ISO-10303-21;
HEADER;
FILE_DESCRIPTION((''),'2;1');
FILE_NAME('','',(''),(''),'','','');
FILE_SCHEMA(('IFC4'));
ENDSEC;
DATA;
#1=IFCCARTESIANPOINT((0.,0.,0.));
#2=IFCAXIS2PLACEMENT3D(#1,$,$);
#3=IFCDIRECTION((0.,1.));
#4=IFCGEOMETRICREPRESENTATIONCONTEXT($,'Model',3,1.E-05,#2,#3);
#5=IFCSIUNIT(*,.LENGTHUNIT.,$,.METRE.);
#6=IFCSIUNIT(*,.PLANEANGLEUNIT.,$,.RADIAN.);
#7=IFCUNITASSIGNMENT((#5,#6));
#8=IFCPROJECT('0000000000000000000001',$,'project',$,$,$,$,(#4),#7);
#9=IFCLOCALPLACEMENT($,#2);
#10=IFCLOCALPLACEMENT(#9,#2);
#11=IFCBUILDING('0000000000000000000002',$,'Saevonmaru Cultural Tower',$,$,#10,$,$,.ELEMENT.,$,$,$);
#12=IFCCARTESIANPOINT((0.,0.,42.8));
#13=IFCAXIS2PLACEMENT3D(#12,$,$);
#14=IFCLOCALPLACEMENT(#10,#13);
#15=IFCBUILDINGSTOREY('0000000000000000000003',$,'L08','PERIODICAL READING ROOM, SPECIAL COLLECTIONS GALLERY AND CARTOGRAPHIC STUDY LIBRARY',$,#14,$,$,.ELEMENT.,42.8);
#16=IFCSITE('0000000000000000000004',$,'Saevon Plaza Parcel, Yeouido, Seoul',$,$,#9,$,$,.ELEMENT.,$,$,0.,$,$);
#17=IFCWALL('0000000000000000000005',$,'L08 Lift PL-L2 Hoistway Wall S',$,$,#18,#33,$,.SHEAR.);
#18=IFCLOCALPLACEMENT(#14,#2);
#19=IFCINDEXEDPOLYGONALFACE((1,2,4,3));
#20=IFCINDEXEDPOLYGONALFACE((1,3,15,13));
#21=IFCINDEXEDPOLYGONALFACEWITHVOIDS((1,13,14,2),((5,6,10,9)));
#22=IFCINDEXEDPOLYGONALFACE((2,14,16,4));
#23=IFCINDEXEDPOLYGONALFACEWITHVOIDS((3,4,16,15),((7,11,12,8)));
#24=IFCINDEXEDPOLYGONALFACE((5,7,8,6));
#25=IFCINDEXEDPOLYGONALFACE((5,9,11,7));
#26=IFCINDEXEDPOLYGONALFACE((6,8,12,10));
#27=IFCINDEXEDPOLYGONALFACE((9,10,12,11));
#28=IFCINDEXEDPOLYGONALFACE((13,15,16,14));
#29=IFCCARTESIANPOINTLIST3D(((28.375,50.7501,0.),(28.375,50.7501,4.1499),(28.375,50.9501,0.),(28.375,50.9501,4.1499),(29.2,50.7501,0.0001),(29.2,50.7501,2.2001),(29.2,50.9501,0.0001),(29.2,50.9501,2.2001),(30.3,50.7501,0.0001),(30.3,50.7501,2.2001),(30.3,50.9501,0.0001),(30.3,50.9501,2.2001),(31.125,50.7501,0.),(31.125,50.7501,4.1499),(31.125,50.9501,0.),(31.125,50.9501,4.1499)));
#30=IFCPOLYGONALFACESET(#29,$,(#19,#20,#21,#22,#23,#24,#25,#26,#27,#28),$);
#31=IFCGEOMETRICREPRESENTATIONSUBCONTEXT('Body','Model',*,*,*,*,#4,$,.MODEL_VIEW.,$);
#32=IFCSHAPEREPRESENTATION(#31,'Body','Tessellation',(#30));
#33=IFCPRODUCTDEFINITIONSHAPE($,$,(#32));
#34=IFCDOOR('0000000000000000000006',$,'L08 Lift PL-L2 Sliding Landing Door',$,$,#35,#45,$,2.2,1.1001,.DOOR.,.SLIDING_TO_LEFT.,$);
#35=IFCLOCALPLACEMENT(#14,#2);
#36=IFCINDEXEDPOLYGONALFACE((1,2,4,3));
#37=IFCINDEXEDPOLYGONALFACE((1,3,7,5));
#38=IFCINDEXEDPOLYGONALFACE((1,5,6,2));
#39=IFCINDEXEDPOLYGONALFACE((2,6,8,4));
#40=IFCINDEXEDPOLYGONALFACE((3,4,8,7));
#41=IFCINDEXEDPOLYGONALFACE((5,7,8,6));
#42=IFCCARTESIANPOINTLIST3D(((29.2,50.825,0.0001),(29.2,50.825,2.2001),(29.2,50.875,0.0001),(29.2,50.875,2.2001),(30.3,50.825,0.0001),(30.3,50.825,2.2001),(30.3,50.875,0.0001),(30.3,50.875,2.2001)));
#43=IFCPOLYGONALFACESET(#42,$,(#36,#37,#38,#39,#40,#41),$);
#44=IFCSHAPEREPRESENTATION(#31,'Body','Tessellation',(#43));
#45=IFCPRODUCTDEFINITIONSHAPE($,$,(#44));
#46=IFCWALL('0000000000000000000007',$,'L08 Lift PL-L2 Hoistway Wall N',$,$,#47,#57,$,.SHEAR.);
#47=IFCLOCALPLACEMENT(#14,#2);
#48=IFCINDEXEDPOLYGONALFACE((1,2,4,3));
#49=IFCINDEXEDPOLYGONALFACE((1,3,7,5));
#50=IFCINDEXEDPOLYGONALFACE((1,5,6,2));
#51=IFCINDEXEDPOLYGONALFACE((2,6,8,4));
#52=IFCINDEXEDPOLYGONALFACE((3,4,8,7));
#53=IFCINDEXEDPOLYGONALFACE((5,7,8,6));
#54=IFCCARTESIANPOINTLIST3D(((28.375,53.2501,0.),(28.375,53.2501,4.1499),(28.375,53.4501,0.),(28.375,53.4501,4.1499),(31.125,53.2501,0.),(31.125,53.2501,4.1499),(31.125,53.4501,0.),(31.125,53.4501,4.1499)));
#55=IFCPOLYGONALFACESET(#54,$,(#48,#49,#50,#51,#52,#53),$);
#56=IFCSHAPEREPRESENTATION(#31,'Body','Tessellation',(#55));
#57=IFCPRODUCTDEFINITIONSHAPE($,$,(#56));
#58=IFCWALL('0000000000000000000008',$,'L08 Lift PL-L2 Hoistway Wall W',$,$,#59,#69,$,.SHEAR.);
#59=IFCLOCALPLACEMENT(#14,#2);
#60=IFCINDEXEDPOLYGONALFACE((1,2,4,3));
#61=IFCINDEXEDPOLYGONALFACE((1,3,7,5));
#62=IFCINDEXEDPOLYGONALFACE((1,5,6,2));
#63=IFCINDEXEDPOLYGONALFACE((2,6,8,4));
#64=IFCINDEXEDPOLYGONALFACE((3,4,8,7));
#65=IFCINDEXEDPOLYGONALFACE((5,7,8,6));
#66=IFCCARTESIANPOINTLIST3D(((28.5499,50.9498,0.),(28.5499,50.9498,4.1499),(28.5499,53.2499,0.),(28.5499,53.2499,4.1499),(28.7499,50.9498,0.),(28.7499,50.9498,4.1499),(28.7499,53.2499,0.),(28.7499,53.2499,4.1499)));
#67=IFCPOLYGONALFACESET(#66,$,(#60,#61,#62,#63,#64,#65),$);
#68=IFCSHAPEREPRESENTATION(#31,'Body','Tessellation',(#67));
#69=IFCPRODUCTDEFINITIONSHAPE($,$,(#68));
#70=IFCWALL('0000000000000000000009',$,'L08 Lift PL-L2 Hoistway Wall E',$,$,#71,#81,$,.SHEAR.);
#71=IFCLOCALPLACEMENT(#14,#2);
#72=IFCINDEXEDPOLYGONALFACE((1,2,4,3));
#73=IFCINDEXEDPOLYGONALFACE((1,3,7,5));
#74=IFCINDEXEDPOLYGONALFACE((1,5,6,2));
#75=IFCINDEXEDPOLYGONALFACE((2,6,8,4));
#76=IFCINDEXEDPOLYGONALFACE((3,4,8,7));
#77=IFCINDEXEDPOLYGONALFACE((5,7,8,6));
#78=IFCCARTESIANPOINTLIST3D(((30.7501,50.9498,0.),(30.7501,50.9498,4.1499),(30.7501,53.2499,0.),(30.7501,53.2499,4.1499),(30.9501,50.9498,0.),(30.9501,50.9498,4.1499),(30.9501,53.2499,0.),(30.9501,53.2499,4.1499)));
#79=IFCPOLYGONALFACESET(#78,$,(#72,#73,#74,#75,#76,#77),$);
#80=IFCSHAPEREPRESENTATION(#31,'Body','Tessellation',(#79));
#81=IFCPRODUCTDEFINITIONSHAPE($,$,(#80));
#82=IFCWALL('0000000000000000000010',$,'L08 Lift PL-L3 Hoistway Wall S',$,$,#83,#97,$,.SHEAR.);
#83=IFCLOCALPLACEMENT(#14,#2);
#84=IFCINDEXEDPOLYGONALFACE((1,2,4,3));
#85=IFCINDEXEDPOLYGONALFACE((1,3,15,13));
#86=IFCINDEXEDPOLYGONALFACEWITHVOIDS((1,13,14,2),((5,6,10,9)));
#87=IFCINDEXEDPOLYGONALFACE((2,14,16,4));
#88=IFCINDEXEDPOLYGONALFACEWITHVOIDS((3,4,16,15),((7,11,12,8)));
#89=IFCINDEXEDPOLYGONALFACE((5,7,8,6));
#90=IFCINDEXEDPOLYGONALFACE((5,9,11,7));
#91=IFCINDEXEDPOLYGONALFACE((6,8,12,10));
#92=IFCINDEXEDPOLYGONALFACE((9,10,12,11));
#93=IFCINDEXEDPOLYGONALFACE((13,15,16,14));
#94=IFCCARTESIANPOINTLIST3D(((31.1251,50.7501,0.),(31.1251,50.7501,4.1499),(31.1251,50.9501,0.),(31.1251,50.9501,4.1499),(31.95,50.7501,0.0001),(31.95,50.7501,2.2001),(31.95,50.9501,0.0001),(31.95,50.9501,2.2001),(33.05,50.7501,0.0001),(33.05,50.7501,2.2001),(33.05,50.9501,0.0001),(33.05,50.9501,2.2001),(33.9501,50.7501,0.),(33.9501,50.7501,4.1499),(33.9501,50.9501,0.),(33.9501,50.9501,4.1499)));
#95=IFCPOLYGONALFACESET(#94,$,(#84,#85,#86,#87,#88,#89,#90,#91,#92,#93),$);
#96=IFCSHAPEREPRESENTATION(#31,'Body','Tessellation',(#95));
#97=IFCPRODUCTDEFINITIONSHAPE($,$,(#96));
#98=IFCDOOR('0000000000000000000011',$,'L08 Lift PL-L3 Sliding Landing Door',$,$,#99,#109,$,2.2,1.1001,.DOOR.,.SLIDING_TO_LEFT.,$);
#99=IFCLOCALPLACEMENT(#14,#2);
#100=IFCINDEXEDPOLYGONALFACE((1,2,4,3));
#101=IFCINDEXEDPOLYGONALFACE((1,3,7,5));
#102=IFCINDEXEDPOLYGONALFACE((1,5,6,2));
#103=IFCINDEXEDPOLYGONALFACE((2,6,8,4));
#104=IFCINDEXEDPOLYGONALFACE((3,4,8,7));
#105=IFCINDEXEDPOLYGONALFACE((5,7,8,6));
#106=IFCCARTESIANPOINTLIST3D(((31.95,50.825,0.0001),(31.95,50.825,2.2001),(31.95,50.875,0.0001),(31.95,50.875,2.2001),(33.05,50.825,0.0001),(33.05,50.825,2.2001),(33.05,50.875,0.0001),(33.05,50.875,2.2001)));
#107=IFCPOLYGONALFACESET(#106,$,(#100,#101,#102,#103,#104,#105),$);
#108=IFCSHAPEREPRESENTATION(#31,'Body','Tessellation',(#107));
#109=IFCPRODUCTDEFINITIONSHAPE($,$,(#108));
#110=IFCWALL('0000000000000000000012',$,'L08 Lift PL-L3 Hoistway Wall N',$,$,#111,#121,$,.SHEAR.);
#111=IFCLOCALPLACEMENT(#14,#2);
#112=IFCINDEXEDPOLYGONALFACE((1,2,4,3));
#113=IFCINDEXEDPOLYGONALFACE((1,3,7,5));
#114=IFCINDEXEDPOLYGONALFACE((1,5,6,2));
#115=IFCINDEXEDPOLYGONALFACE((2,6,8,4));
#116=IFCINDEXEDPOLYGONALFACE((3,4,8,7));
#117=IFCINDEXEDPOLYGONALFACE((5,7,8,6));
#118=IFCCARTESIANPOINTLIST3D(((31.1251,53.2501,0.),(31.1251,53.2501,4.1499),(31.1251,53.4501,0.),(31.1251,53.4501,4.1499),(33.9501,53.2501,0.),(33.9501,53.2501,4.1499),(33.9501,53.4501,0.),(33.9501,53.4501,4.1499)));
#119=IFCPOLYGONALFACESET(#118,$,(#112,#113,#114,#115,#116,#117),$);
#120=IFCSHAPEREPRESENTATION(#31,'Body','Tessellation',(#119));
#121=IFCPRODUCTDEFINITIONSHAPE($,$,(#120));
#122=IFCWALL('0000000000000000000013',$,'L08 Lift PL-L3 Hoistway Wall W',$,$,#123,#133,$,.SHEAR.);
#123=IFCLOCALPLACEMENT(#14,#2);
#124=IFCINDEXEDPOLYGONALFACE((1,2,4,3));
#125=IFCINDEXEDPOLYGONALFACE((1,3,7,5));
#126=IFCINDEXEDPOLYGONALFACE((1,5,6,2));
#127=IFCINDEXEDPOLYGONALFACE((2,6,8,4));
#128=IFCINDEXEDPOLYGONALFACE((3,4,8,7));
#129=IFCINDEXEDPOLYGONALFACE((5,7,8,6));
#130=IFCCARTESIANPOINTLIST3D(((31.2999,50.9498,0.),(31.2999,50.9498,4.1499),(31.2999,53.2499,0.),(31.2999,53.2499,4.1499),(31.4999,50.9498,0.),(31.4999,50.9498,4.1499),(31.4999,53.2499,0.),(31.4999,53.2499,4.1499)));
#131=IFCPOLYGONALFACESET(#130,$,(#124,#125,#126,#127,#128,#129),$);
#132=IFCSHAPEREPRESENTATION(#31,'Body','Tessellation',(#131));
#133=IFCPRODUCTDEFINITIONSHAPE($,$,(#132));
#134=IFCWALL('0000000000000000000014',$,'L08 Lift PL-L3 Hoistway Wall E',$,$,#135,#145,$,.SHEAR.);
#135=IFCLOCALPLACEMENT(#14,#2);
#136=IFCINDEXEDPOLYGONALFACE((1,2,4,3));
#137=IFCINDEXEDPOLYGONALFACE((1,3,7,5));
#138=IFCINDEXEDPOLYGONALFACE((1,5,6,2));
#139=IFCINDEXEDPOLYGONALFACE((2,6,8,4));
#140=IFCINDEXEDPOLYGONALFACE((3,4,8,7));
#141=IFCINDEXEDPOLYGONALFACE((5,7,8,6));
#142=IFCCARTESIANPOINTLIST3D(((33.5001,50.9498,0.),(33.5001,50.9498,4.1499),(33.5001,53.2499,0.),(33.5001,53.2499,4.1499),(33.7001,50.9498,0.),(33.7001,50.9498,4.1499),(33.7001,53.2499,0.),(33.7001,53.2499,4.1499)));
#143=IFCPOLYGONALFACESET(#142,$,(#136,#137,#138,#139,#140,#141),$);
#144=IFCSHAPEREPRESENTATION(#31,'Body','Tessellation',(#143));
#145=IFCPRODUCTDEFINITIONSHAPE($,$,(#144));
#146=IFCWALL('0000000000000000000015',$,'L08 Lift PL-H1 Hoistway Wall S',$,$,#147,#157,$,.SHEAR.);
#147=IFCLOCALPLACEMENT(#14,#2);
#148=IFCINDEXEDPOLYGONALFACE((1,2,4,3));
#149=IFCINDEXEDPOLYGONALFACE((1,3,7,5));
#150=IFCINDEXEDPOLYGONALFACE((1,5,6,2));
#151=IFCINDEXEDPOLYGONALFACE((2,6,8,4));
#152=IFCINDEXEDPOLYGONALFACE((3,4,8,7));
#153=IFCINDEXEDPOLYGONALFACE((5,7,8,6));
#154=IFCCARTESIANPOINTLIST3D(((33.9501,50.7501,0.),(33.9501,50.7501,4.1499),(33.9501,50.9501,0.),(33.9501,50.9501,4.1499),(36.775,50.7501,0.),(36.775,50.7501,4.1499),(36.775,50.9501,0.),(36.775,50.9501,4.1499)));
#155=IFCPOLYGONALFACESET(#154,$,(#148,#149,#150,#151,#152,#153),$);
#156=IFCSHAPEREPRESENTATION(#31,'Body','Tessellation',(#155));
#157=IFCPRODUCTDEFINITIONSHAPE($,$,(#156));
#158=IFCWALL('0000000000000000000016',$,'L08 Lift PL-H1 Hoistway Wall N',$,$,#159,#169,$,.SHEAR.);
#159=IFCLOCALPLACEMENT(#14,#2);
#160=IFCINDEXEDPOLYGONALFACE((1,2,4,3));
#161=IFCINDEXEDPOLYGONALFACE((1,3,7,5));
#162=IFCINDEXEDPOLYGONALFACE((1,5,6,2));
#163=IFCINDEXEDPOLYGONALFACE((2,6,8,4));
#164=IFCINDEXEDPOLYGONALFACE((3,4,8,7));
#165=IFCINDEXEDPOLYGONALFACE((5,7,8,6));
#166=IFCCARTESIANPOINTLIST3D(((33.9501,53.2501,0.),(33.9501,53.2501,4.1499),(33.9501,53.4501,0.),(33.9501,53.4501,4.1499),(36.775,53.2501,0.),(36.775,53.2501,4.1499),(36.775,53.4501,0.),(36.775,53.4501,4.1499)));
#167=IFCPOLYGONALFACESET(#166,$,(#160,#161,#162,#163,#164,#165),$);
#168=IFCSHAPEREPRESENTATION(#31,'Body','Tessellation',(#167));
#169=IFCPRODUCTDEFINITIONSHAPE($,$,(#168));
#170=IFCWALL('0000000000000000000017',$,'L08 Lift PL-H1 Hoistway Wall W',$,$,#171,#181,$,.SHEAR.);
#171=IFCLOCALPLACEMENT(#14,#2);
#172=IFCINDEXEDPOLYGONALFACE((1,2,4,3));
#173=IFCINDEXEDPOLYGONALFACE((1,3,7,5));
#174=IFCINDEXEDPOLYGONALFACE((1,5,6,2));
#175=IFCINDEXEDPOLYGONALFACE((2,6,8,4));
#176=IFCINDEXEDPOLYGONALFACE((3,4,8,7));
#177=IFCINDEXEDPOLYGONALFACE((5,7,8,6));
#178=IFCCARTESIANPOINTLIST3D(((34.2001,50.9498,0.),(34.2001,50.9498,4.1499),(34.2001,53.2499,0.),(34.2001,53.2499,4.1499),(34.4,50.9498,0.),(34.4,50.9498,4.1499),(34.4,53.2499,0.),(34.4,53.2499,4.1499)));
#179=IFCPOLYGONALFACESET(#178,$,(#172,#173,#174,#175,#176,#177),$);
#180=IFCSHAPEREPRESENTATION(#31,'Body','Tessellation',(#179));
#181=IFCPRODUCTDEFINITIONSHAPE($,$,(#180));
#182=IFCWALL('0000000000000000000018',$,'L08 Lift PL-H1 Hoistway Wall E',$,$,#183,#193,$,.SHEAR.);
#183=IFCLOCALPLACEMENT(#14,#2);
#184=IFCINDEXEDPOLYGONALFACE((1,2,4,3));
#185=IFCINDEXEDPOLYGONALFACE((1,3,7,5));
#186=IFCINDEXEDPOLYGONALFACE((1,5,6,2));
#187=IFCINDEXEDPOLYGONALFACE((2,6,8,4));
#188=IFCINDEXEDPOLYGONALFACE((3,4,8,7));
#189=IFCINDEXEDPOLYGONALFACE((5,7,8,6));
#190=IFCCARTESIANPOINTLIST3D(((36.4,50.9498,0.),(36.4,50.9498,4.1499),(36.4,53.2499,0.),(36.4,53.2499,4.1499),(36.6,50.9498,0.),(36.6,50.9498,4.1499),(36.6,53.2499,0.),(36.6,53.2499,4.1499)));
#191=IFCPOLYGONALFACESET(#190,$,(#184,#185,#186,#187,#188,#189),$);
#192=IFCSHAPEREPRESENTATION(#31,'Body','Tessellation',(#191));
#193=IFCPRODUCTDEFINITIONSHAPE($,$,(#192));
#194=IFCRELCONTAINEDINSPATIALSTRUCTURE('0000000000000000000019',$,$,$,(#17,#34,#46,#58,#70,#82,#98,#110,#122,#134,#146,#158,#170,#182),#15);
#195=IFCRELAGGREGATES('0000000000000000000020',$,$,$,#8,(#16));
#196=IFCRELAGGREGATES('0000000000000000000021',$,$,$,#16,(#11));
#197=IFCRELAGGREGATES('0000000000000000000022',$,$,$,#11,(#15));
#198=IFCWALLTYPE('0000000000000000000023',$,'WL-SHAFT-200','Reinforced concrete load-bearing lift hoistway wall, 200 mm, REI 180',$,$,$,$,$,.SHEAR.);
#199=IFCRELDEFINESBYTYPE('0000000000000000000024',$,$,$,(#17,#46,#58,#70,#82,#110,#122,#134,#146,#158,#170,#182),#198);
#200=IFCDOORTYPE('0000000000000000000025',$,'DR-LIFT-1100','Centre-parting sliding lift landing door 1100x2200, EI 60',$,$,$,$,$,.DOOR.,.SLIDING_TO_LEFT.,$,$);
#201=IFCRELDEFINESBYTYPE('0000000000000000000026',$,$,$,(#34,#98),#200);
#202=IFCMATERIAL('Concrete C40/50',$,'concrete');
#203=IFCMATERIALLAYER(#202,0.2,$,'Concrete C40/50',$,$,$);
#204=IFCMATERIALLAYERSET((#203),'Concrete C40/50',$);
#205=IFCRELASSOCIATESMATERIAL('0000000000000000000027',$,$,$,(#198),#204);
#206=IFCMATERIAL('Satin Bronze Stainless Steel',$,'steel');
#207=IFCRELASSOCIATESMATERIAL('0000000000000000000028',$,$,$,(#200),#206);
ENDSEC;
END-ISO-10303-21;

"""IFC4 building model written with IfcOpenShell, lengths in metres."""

from ifc_helpers import new_model, si_unit, direction, frame, frame_2d, origin, place, context, subcontext, project, spatial, rectangle, extrude, material, layer, layer_set, type_object, element, fill, save


model = new_model("IFC4")

# Units and contexts
model_context = context("Model", 3, precision=1e-05, world=origin(), true_north=direction((0.0, 1.0)))
body_context = subcontext(model_context, "Body", "Model", "MODEL_VIEW")
ifc_project = project(units=[si_unit("LENGTHUNIT", "METRE"), si_unit("PLANEANGLEUNIT", "RADIAN")], contexts=[model_context])

# Site, building, storey
site_placement = place(None, origin())
site = spatial("IfcSite", under=ifc_project, at=site_placement, Name="Saevon Plaza Parcel, Yeouido, Seoul", CompositionType="ELEMENT", RefElevation=0.0)
building_placement = place(site_placement, origin())
building = spatial("IfcBuilding", under=site, at=building_placement, Name="Saevonmaru Cultural Tower", CompositionType="ELEMENT")
storey_placement = place(building_placement, frame((0.0, 0.0, 42.8)))
storey = spatial("IfcBuildingStorey", under=building, at=storey_placement, Name="L08", Description="PERIODICAL READING ROOM, SPECIAL COLLECTIONS GALLERY AND CARTOGRAPHIC STUDY LIBRARY", CompositionType="ELEMENT", Elevation=42.8)

# Shared definitions
ifc_material_1 = material(Name="Concrete C40/50", Category="concrete")
ifc_layer_1 = layer(ifc_material_1, 0.2, Name="Concrete C40/50")
ifc_layer_set_1 = layer_set([ifc_layer_1], Name="Concrete C40/50")
wall_type_1 = type_object("IfcWallType", Name="WL-SHAFT-200", Description="Reinforced concrete load-bearing lift hoistway wall, 200 mm, REI 180", PredefinedType="SHEAR", material=ifc_layer_set_1)

# Wall, opening, door
wall_1_placement = place(storey_placement, frame((28.375, 50.8501, 0.0), z_axis=(0.0, 0.0, 1.0), x_axis=(1.0, 0.0, 0.0)))
wall_1 = element("IfcWall", 1, at=wall_1_placement, inside=storey, type_object=wall_type_1, Name="L08 Lift PL-L2 Hoistway Wall S", PredefinedType="SHEAR", context=body_context, shape_type="SweptSolid", body=[
    extrude(rectangle(XDim=2.75, YDim=0.2, at=frame_2d((1.375, 0.0))), origin(), (0.0, 0.0, 1.0), 4.1499),
])
opening_1_placement = place(wall_1_placement, frame((0.825, 0.0, 0.0)))
opening_1 = element("IfcOpeningElement", 2, at=opening_1_placement, cuts=wall_1, PredefinedType="OPENING", context=body_context, shape_type="SweptSolid", body=[
    extrude(rectangle(XDim=1.1001, YDim=2.2, at=frame_2d((0.55, 1.1001))), frame((0.0, 0.1099, 0.0), z_axis=(0.0, -1.0, 0.0), x_axis=(1.0, 0.0, 0.0)), (0.0, 0.0, 1.0), 0.22),
])
ifc_material_2 = material(Name="Satin Bronze Stainless Steel", Category="steel")
door_type_1 = type_object("IfcDoorType", Name="DR-LIFT-1100", Description="Centre-parting sliding lift landing door 1100x2200, EI 60", OperationType="SLIDING_TO_LEFT", PredefinedType="DOOR", material=ifc_material_2)
door_1_placement = place(opening_1_placement, origin())
door_1 = element("IfcDoor", 3, at=door_1_placement, inside=storey, type_object=door_type_1, Name="L08 Lift PL-L2 Sliding Landing Door", OperationType="SLIDING_TO_LEFT", OverallHeight=2.2, OverallWidth=1.1001, PredefinedType="DOOR", context=body_context, shape_type="SweptSolid", body=[
    extrude(rectangle(XDim=1.1001, YDim=2.2, at=frame_2d((0.55, 1.1001))), frame((0.0, 0.0249, 0.0), z_axis=(0.0, -1.0, 0.0), x_axis=(1.0, 0.0, 0.0)), (0.0, 0.0, 1.0), 0.05),
])
fill(opening_1, door_1)

# Walls
wall_2_placement = place(storey_placement, frame((28.375, 53.3501, 0.0), z_axis=(0.0, 0.0, 1.0), x_axis=(1.0, 0.0, 0.0)))
element("IfcWall", 4, at=wall_2_placement, inside=storey, type_object=wall_type_1, Name="L08 Lift PL-L2 Hoistway Wall N", PredefinedType="SHEAR", context=body_context, shape_type="SweptSolid", body=[
    extrude(rectangle(XDim=2.75, YDim=0.2, at=frame_2d((1.375, 0.0))), origin(), (0.0, 0.0, 1.0), 4.1499),
])
for number, where, z_axis, x_axis, name in (
    (5, (28.6499, 50.95, 0.0), (0.0, 0.0, 1.0), (0.0, 1.0, 0.0), "L08 Lift PL-L2 Hoistway Wall W"),
    (6, (30.8501, 50.95, 0.0), (0.0, 0.0, 1.0), (0.0, 1.0, 0.0), "L08 Lift PL-L2 Hoistway Wall E"),
):
    element("IfcWall", number, at=place(storey_placement, frame(where, z_axis=z_axis, x_axis=x_axis)), inside=storey, type_object=wall_type_1, Name=name, PredefinedType="SHEAR", context=body_context, shape_type="SweptSolid", body=[
        extrude(rectangle(XDim=2.3, YDim=0.2, at=frame_2d((1.1499, 0.0))), origin(), (0.0, 0.0, 1.0), 4.1499),
    ])

# Wall, opening, door
wall_3_placement = place(storey_placement, frame((31.125, 50.8501, 0.0), z_axis=(0.0, 0.0, 1.0), x_axis=(1.0, 0.0, 0.0)))
wall_3 = element("IfcWall", 7, at=wall_3_placement, inside=storey, type_object=wall_type_1, Name="L08 Lift PL-L3 Hoistway Wall S", PredefinedType="SHEAR", context=body_context, shape_type="SweptSolid", body=[
    extrude(rectangle(XDim=2.825, YDim=0.2, at=frame_2d((1.4126, 0.0))), origin(), (0.0, 0.0, 1.0), 4.1499),
])
opening_2_placement = place(wall_3_placement, frame((0.825, 0.0, 0.0)))
opening_2 = element("IfcOpeningElement", 8, at=opening_2_placement, cuts=wall_3, PredefinedType="OPENING", context=body_context, shape_type="SweptSolid", body=[
    extrude(rectangle(XDim=1.1001, YDim=2.2, at=frame_2d((0.55, 1.1001))), frame((0.0, 0.1099, 0.0), z_axis=(0.0, -1.0, 0.0), x_axis=(1.0, 0.0, 0.0)), (0.0, 0.0, 1.0), 0.22),
])
door_2_placement = place(opening_2_placement, origin())
door_2 = element("IfcDoor", 9, at=door_2_placement, inside=storey, type_object=door_type_1, Name="L08 Lift PL-L3 Sliding Landing Door", OperationType="SLIDING_TO_LEFT", OverallHeight=2.2, OverallWidth=1.1001, PredefinedType="DOOR", context=body_context, shape_type="SweptSolid", body=[
    extrude(rectangle(XDim=1.1001, YDim=2.2, at=frame_2d((0.55, 1.1001))), frame((0.0, 0.0249, 0.0), z_axis=(0.0, -1.0, 0.0), x_axis=(1.0, 0.0, 0.0)), (0.0, 0.0, 1.0), 0.05),
])
fill(opening_2, door_2)

# Walls
wall_4_placement = place(storey_placement, frame((31.125, 53.3501, 0.0), z_axis=(0.0, 0.0, 1.0), x_axis=(1.0, 0.0, 0.0)))
element("IfcWall", 10, at=wall_4_placement, inside=storey, type_object=wall_type_1, Name="L08 Lift PL-L3 Hoistway Wall N", PredefinedType="SHEAR", context=body_context, shape_type="SweptSolid", body=[
    extrude(rectangle(XDim=2.825, YDim=0.2, at=frame_2d((1.4126, 0.0))), origin(), (0.0, 0.0, 1.0), 4.1499),
])
for number, where, z_axis, x_axis, name in (
    (11, (31.3999, 50.95, 0.0), (0.0, 0.0, 1.0), (0.0, 1.0, 0.0), "L08 Lift PL-L3 Hoistway Wall W"),
    (12, (33.6001, 50.95, 0.0), (0.0, 0.0, 1.0), (0.0, 1.0, 0.0), "L08 Lift PL-L3 Hoistway Wall E"),
):
    element("IfcWall", number, at=place(storey_placement, frame(where, z_axis=z_axis, x_axis=x_axis)), inside=storey, type_object=wall_type_1, Name=name, PredefinedType="SHEAR", context=body_context, shape_type="SweptSolid", body=[
        extrude(rectangle(XDim=2.3, YDim=0.2, at=frame_2d((1.1499, 0.0))), origin(), (0.0, 0.0, 1.0), 4.1499),
    ])
for number, where, z_axis, x_axis, name in (
    (13, (33.95, 50.8501, 0.0), (0.0, 0.0, 1.0), (1.0, 0.0, 0.0), "L08 Lift PL-H1 Hoistway Wall S"),
    (14, (33.95, 53.3501, 0.0), (0.0, 0.0, 1.0), (1.0, 0.0, 0.0), "L08 Lift PL-H1 Hoistway Wall N"),
):
    element("IfcWall", number, at=place(storey_placement, frame(where, z_axis=z_axis, x_axis=x_axis)), inside=storey, type_object=wall_type_1, Name=name, PredefinedType="SHEAR", context=body_context, shape_type="SweptSolid", body=[
        extrude(rectangle(XDim=2.825, YDim=0.2, at=frame_2d((1.4126, 0.0))), origin(), (0.0, 0.0, 1.0), 4.1499),
    ])
for number, where, z_axis, x_axis, name in (
    (15, (34.3, 50.95, 0.0), (0.0, 0.0, 1.0), (0.0, 1.0, 0.0), "L08 Lift PL-H1 Hoistway Wall W"),
    (16, (36.5, 50.95, 0.0), (0.0, 0.0, 1.0), (0.0, 1.0, 0.0), "L08 Lift PL-H1 Hoistway Wall E"),
):
    element("IfcWall", number, at=place(storey_placement, frame(where, z_axis=z_axis, x_axis=x_axis)), inside=storey, type_object=wall_type_1, Name=name, PredefinedType="SHEAR", context=body_context, shape_type="SweptSolid", body=[
        extrude(rectangle(XDim=2.3, YDim=0.2, at=frame_2d((1.1499, 0.0))), origin(), (0.0, 0.0, 1.0), 4.1499),
    ])

save(model, "model.ifc")
